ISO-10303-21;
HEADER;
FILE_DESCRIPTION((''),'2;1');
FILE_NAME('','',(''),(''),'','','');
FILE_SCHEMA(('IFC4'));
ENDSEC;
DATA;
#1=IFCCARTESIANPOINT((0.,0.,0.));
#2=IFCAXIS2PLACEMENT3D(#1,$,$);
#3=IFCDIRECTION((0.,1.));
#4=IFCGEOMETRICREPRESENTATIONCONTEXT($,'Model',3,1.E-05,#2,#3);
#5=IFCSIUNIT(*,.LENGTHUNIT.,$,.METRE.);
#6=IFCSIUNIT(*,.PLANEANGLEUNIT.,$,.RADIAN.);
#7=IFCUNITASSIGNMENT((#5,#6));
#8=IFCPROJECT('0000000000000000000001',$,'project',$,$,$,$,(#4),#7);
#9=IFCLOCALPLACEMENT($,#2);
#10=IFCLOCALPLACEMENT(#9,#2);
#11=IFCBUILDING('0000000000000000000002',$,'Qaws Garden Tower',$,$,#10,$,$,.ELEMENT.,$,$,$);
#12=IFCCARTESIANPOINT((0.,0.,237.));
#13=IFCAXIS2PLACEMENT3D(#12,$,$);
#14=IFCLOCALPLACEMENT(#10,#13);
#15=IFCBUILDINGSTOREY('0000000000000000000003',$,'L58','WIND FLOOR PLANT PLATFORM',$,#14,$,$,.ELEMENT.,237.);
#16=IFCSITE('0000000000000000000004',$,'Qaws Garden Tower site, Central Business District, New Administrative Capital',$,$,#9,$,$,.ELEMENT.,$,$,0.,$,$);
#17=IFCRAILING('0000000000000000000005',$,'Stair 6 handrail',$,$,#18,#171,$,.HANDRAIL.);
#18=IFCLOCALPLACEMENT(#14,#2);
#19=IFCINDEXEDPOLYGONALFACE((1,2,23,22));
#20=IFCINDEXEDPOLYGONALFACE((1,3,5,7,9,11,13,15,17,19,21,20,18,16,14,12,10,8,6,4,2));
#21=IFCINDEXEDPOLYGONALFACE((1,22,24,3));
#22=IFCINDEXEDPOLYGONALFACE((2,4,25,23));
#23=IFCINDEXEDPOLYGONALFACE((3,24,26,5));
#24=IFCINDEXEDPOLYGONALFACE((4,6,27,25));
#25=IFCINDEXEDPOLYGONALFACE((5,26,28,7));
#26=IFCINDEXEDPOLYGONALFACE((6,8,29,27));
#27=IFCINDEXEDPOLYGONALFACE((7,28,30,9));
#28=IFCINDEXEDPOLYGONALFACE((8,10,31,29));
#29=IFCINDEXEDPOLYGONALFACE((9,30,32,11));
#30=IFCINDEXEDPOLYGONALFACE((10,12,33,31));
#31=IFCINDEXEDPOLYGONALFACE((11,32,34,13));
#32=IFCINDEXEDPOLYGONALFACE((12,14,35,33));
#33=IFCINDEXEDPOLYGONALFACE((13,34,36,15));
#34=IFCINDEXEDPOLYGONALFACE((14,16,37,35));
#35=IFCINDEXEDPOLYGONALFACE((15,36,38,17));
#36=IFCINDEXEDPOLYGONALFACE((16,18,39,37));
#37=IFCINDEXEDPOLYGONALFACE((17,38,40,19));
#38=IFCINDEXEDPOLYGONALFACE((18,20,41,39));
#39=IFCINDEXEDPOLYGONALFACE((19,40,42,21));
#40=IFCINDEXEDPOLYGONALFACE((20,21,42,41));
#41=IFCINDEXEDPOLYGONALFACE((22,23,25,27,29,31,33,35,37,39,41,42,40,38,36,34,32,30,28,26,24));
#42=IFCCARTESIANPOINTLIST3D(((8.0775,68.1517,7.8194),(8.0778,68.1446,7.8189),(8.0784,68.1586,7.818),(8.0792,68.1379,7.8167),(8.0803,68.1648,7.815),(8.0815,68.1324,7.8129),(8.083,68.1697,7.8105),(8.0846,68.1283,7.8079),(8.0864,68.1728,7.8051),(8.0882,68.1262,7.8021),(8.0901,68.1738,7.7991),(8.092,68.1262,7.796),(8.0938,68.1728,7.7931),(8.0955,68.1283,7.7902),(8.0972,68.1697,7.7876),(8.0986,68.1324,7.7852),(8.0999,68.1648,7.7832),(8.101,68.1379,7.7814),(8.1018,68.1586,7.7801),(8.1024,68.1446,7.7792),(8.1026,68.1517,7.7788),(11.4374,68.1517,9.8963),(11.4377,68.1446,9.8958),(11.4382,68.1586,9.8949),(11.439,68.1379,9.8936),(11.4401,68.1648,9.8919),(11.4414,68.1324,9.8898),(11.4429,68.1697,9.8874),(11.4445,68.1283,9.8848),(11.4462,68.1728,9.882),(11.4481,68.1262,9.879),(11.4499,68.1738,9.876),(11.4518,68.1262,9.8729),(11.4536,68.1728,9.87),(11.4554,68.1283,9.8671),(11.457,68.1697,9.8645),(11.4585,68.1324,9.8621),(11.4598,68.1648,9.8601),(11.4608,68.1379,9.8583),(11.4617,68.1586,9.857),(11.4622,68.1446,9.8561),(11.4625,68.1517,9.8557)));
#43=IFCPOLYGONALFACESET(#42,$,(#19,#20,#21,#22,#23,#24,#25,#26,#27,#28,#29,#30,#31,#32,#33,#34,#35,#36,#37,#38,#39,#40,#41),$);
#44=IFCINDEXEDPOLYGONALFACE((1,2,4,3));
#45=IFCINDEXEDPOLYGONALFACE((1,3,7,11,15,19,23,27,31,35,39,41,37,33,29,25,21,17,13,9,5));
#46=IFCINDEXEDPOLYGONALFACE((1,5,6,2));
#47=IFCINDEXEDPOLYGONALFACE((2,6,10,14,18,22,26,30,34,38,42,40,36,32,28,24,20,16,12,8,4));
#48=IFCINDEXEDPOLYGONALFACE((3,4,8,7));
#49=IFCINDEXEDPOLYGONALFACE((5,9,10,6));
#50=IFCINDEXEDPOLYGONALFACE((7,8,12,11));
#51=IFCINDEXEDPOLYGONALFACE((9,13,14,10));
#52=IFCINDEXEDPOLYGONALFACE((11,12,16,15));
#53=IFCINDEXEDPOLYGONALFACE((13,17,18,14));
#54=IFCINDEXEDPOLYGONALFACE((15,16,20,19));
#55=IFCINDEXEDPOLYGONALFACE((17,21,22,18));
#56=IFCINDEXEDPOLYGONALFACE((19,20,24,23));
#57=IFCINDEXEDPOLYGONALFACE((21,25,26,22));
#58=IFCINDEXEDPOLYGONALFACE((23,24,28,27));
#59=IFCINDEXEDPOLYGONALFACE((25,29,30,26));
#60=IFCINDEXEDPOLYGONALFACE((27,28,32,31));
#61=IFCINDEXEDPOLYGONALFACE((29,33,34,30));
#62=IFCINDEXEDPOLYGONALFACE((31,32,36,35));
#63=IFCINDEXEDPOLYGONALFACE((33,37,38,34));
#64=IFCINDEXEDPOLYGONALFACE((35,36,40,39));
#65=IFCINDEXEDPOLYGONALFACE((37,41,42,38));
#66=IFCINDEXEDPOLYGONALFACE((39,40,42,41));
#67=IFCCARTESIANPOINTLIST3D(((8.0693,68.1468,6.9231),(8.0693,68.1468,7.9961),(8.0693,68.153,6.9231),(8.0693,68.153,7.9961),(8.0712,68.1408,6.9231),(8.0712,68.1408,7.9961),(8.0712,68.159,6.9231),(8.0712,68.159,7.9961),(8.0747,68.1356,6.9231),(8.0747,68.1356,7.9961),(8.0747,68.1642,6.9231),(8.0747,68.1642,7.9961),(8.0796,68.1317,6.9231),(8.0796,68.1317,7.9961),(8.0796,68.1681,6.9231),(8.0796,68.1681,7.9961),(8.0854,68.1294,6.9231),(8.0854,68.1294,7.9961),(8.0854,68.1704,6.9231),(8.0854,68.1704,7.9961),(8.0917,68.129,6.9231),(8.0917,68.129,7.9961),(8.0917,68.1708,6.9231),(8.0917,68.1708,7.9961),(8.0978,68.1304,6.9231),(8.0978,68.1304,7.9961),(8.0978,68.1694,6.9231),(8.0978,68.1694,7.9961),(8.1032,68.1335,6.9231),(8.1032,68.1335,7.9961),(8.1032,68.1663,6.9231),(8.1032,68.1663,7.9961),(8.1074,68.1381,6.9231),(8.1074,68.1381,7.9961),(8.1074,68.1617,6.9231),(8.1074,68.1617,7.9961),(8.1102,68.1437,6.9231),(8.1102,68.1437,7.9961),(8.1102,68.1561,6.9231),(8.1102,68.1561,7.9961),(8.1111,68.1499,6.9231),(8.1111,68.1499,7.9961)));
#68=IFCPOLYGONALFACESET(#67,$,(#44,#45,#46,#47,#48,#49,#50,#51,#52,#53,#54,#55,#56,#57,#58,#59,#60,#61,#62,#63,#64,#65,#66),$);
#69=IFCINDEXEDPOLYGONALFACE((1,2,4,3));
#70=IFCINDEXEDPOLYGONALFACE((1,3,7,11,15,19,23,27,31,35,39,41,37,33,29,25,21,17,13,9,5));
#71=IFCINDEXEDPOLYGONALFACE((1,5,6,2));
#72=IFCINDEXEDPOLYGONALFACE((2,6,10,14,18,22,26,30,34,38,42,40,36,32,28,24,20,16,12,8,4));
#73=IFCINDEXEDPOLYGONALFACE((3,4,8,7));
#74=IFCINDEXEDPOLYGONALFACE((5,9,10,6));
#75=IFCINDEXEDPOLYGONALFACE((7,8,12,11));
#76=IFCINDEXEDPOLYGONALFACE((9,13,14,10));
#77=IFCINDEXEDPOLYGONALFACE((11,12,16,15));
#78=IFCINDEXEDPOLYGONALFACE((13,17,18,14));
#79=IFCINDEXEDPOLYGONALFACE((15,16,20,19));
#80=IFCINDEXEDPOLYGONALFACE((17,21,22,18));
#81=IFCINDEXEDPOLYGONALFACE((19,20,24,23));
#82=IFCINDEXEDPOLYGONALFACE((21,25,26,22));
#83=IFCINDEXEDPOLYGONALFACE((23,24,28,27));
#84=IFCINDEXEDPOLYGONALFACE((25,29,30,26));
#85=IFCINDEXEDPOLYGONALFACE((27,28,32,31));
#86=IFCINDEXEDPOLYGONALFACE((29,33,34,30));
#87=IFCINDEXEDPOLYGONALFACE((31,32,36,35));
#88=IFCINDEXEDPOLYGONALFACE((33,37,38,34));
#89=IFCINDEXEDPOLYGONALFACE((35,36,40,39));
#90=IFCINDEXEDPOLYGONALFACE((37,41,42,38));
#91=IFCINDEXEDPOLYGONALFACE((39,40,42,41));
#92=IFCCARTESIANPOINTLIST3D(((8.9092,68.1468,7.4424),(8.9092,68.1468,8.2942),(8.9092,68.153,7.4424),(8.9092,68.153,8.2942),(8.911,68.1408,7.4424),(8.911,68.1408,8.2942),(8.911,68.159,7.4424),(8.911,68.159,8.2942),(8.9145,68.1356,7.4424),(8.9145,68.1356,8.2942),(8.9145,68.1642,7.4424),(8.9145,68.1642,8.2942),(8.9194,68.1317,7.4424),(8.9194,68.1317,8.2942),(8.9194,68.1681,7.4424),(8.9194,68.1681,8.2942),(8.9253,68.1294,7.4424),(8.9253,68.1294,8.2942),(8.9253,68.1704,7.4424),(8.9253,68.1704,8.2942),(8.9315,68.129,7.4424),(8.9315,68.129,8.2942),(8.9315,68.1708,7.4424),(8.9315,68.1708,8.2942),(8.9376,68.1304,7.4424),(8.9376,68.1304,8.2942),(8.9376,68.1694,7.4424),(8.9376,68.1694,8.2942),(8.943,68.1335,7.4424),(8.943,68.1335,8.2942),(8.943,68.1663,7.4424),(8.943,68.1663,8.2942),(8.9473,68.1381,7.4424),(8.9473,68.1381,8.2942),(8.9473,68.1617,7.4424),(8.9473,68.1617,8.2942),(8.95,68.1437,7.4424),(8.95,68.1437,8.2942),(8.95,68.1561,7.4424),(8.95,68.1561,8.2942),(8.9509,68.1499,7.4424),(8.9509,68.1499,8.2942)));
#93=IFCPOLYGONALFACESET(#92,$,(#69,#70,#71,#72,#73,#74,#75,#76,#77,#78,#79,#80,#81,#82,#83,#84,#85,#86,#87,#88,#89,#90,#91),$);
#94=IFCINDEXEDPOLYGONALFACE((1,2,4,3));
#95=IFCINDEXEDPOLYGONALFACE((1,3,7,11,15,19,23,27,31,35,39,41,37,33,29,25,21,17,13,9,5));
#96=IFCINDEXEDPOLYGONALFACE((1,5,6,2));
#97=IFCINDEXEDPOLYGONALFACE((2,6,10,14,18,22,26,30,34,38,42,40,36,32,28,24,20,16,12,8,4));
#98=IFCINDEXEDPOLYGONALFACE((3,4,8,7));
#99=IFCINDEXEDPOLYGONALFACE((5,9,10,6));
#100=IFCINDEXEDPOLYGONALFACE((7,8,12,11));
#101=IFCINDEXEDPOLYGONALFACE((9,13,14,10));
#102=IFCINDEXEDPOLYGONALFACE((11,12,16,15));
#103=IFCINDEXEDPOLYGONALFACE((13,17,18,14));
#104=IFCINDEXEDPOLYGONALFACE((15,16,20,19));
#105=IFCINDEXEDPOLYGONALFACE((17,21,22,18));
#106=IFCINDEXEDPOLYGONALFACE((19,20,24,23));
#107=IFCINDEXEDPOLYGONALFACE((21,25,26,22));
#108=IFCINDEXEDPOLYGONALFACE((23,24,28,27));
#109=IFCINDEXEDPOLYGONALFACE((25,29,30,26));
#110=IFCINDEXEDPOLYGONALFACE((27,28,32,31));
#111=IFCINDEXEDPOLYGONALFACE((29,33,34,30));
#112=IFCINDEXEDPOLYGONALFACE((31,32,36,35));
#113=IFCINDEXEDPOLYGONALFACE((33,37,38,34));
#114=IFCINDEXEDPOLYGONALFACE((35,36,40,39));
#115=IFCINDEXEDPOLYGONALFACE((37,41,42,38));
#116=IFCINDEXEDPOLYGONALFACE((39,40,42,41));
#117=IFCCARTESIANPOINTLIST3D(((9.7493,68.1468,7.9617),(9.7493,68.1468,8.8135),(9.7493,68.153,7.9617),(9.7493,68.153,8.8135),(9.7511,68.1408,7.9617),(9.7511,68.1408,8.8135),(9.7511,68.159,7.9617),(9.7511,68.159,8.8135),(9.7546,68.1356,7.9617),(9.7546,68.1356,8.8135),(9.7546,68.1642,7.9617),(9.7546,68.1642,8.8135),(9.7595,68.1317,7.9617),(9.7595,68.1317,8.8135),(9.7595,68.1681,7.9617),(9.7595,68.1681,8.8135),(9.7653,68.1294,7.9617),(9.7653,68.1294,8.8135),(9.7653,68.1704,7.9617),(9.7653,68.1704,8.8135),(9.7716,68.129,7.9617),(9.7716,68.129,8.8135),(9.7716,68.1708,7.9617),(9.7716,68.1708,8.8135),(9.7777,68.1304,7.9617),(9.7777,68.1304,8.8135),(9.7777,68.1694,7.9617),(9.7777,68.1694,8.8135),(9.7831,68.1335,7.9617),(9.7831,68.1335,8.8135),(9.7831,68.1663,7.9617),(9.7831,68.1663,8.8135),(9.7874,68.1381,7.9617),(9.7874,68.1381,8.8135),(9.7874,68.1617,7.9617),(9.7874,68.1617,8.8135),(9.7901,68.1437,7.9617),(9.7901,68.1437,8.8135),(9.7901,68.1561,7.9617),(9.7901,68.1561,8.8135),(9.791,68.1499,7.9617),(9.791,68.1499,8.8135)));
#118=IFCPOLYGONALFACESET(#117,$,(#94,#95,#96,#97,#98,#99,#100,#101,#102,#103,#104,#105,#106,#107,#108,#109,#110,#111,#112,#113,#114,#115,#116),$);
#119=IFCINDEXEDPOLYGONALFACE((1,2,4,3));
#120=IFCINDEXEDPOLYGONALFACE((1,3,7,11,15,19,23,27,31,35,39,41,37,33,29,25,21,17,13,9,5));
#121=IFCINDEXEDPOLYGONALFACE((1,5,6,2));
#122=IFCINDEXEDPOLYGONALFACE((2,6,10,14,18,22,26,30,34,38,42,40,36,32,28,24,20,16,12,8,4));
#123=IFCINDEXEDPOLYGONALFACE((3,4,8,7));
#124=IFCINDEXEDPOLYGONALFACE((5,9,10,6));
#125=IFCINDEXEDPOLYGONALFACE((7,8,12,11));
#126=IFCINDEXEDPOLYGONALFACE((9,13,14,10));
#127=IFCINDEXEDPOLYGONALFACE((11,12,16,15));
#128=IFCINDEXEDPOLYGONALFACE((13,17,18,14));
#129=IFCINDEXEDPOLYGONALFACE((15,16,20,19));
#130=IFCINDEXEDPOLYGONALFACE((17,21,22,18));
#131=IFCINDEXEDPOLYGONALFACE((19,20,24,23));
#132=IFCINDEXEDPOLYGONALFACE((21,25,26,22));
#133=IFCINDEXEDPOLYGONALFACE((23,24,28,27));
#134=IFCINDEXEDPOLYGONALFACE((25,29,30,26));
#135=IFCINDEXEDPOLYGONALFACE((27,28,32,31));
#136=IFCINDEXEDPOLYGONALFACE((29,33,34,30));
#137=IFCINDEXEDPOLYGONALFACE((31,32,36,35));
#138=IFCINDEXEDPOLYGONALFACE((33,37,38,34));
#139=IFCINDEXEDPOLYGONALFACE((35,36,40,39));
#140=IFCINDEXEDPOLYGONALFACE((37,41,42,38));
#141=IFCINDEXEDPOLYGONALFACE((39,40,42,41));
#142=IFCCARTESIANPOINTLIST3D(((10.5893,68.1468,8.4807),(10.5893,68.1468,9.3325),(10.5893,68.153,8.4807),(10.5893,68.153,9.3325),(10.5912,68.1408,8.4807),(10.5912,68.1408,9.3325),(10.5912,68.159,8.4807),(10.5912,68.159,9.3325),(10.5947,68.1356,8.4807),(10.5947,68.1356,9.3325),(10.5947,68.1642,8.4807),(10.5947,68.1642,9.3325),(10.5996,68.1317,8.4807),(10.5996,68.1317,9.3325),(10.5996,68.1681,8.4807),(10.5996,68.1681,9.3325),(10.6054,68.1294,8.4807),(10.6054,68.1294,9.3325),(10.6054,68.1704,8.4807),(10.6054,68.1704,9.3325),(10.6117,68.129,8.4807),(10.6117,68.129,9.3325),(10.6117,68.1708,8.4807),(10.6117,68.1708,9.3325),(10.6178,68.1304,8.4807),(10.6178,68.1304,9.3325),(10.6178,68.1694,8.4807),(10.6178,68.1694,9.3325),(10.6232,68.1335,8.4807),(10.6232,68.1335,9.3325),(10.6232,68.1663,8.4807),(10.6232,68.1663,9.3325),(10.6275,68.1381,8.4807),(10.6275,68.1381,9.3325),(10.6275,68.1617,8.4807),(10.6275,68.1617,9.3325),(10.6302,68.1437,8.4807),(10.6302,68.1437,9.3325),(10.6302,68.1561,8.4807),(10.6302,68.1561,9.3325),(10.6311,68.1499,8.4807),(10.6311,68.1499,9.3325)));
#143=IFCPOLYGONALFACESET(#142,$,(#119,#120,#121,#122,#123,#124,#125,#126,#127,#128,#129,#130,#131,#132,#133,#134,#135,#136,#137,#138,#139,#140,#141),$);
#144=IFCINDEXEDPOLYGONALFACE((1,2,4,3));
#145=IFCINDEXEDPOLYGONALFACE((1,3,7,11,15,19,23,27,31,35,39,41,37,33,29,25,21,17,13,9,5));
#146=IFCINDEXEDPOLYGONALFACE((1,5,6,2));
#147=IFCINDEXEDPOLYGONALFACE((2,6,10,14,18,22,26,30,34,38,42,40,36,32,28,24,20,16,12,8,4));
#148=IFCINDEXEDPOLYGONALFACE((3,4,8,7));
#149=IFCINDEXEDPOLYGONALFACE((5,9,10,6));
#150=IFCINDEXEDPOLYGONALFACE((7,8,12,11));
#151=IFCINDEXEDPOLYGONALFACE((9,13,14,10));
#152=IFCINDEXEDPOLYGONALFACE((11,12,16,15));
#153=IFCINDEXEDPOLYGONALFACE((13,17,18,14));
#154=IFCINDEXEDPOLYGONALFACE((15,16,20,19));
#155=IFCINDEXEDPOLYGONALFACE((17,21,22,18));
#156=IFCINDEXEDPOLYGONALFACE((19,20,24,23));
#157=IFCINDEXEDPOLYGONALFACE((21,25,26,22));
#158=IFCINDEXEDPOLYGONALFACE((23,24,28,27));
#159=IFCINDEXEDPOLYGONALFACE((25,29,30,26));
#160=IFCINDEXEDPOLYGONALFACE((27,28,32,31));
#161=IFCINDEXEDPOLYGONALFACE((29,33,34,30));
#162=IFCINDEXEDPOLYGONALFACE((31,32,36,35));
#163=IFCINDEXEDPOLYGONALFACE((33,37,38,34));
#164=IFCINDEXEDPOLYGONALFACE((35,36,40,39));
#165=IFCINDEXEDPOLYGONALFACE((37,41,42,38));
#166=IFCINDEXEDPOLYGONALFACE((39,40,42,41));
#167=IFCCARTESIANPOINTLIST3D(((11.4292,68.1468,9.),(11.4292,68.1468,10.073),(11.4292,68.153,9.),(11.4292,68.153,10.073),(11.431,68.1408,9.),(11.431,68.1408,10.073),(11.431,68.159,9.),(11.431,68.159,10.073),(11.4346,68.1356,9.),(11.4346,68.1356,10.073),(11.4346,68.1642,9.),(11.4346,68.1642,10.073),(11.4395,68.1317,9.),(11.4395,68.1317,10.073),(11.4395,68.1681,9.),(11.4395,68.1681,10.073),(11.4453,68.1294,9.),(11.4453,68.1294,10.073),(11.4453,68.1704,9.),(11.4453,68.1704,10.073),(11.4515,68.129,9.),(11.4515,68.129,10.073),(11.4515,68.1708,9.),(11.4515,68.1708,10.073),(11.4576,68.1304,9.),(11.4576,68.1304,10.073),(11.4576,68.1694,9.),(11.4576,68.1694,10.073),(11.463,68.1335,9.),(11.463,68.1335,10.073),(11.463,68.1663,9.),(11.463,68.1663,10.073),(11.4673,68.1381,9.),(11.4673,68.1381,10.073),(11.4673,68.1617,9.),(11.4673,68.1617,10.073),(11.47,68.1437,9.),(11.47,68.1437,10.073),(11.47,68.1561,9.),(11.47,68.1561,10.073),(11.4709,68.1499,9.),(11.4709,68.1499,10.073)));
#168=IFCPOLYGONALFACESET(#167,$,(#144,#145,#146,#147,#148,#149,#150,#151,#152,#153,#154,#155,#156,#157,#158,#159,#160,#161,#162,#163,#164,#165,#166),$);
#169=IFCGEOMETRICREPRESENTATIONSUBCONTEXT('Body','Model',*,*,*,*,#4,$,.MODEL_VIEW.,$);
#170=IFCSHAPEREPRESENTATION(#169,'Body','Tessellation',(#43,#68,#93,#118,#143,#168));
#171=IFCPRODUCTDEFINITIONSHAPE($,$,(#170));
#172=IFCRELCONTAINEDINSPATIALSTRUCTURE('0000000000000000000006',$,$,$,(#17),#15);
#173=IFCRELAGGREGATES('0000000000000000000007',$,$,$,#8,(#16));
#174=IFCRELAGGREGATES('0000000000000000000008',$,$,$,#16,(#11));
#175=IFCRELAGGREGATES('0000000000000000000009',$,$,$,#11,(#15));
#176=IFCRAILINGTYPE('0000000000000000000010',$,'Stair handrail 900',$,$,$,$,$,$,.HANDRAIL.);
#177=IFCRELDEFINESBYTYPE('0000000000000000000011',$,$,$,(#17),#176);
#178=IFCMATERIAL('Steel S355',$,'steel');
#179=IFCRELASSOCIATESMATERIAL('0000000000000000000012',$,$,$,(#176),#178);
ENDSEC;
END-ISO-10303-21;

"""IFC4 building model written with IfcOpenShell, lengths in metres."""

from ifc_helpers import new_model, si_unit, direction, frame, origin, origin_2d, place, context, subcontext, project, spatial, circle, extrude, material, type_object, element, save


model = new_model("IFC4")

# Units and contexts
model_context = context("Model", 3, precision=1e-05, world=origin(), true_north=direction((0.0, 1.0)))
body_context = subcontext(model_context, "Body", "Model", "MODEL_VIEW")
ifc_project = project(units=[si_unit("LENGTHUNIT", "METRE"), si_unit("PLANEANGLEUNIT", "RADIAN")], contexts=[model_context])

# Site, building, storey
site_placement = place(None, origin())
site = spatial("IfcSite", under=ifc_project, at=site_placement, Name="Qaws Garden Tower site, Central Business District, New Administrative Capital", CompositionType="ELEMENT", RefElevation=0.0)
building_placement = place(site_placement, origin())
building = spatial("IfcBuilding", under=site, at=building_placement, Name="Qaws Garden Tower", CompositionType="ELEMENT")
storey_placement = place(building_placement, frame((0.0, 0.0, 237.0)))
storey = spatial("IfcBuildingStorey", under=building, at=storey_placement, Name="L58", Description="WIND FLOOR PLANT PLATFORM", CompositionType="ELEMENT", Elevation=237.0)

# Railing
ifc_material_1 = material(Name="Steel S355", Category="steel")
railing_type_1 = type_object("IfcRailingType", Name="Stair handrail 900", PredefinedType="HANDRAIL", material=ifc_material_1)
railing_1_placement = place(storey_placement, frame((8.0901, 68.1499, 6.9231)))
element("IfcRailing", 1, at=railing_1_placement, inside=storey, type_object=railing_type_1, Name="Stair 6 handrail", PredefinedType="HANDRAIL", context=body_context, shape_type="SweptSolid", body=[
    extrude(circle(Radius=0.0239, at=origin_2d()), frame((0.0, 0.0, 0.876), z_axis=(0.850606, 0.0, 0.525803), x_axis=(0.0, 1.0, 0.0)), (0.0, 0.0, 1.0), 3.95),
    extrude(circle(Radius=0.021, at=origin_2d()), origin(), (0.0, 0.0, 1.0), 1.073),
    extrude(circle(Radius=0.021, at=origin_2d()), frame((0.8398, 0.0, 0.5193)), (0.0, 0.0, 1.0), 0.8518),
    extrude(circle(Radius=0.021, at=origin_2d()), frame((1.6799, 0.0, 1.0386)), (0.0, 0.0, 1.0), 0.8518),
    extrude(circle(Radius=0.021, at=origin_2d()), frame((2.52, 0.0, 1.5576)), (0.0, 0.0, 1.0), 0.8518),
    extrude(circle(Radius=0.021, at=origin_2d()), frame((3.3599, 0.0, 2.0769)), (0.0, 0.0, 1.0), 1.073),
])

save(model, "model.ifc")
